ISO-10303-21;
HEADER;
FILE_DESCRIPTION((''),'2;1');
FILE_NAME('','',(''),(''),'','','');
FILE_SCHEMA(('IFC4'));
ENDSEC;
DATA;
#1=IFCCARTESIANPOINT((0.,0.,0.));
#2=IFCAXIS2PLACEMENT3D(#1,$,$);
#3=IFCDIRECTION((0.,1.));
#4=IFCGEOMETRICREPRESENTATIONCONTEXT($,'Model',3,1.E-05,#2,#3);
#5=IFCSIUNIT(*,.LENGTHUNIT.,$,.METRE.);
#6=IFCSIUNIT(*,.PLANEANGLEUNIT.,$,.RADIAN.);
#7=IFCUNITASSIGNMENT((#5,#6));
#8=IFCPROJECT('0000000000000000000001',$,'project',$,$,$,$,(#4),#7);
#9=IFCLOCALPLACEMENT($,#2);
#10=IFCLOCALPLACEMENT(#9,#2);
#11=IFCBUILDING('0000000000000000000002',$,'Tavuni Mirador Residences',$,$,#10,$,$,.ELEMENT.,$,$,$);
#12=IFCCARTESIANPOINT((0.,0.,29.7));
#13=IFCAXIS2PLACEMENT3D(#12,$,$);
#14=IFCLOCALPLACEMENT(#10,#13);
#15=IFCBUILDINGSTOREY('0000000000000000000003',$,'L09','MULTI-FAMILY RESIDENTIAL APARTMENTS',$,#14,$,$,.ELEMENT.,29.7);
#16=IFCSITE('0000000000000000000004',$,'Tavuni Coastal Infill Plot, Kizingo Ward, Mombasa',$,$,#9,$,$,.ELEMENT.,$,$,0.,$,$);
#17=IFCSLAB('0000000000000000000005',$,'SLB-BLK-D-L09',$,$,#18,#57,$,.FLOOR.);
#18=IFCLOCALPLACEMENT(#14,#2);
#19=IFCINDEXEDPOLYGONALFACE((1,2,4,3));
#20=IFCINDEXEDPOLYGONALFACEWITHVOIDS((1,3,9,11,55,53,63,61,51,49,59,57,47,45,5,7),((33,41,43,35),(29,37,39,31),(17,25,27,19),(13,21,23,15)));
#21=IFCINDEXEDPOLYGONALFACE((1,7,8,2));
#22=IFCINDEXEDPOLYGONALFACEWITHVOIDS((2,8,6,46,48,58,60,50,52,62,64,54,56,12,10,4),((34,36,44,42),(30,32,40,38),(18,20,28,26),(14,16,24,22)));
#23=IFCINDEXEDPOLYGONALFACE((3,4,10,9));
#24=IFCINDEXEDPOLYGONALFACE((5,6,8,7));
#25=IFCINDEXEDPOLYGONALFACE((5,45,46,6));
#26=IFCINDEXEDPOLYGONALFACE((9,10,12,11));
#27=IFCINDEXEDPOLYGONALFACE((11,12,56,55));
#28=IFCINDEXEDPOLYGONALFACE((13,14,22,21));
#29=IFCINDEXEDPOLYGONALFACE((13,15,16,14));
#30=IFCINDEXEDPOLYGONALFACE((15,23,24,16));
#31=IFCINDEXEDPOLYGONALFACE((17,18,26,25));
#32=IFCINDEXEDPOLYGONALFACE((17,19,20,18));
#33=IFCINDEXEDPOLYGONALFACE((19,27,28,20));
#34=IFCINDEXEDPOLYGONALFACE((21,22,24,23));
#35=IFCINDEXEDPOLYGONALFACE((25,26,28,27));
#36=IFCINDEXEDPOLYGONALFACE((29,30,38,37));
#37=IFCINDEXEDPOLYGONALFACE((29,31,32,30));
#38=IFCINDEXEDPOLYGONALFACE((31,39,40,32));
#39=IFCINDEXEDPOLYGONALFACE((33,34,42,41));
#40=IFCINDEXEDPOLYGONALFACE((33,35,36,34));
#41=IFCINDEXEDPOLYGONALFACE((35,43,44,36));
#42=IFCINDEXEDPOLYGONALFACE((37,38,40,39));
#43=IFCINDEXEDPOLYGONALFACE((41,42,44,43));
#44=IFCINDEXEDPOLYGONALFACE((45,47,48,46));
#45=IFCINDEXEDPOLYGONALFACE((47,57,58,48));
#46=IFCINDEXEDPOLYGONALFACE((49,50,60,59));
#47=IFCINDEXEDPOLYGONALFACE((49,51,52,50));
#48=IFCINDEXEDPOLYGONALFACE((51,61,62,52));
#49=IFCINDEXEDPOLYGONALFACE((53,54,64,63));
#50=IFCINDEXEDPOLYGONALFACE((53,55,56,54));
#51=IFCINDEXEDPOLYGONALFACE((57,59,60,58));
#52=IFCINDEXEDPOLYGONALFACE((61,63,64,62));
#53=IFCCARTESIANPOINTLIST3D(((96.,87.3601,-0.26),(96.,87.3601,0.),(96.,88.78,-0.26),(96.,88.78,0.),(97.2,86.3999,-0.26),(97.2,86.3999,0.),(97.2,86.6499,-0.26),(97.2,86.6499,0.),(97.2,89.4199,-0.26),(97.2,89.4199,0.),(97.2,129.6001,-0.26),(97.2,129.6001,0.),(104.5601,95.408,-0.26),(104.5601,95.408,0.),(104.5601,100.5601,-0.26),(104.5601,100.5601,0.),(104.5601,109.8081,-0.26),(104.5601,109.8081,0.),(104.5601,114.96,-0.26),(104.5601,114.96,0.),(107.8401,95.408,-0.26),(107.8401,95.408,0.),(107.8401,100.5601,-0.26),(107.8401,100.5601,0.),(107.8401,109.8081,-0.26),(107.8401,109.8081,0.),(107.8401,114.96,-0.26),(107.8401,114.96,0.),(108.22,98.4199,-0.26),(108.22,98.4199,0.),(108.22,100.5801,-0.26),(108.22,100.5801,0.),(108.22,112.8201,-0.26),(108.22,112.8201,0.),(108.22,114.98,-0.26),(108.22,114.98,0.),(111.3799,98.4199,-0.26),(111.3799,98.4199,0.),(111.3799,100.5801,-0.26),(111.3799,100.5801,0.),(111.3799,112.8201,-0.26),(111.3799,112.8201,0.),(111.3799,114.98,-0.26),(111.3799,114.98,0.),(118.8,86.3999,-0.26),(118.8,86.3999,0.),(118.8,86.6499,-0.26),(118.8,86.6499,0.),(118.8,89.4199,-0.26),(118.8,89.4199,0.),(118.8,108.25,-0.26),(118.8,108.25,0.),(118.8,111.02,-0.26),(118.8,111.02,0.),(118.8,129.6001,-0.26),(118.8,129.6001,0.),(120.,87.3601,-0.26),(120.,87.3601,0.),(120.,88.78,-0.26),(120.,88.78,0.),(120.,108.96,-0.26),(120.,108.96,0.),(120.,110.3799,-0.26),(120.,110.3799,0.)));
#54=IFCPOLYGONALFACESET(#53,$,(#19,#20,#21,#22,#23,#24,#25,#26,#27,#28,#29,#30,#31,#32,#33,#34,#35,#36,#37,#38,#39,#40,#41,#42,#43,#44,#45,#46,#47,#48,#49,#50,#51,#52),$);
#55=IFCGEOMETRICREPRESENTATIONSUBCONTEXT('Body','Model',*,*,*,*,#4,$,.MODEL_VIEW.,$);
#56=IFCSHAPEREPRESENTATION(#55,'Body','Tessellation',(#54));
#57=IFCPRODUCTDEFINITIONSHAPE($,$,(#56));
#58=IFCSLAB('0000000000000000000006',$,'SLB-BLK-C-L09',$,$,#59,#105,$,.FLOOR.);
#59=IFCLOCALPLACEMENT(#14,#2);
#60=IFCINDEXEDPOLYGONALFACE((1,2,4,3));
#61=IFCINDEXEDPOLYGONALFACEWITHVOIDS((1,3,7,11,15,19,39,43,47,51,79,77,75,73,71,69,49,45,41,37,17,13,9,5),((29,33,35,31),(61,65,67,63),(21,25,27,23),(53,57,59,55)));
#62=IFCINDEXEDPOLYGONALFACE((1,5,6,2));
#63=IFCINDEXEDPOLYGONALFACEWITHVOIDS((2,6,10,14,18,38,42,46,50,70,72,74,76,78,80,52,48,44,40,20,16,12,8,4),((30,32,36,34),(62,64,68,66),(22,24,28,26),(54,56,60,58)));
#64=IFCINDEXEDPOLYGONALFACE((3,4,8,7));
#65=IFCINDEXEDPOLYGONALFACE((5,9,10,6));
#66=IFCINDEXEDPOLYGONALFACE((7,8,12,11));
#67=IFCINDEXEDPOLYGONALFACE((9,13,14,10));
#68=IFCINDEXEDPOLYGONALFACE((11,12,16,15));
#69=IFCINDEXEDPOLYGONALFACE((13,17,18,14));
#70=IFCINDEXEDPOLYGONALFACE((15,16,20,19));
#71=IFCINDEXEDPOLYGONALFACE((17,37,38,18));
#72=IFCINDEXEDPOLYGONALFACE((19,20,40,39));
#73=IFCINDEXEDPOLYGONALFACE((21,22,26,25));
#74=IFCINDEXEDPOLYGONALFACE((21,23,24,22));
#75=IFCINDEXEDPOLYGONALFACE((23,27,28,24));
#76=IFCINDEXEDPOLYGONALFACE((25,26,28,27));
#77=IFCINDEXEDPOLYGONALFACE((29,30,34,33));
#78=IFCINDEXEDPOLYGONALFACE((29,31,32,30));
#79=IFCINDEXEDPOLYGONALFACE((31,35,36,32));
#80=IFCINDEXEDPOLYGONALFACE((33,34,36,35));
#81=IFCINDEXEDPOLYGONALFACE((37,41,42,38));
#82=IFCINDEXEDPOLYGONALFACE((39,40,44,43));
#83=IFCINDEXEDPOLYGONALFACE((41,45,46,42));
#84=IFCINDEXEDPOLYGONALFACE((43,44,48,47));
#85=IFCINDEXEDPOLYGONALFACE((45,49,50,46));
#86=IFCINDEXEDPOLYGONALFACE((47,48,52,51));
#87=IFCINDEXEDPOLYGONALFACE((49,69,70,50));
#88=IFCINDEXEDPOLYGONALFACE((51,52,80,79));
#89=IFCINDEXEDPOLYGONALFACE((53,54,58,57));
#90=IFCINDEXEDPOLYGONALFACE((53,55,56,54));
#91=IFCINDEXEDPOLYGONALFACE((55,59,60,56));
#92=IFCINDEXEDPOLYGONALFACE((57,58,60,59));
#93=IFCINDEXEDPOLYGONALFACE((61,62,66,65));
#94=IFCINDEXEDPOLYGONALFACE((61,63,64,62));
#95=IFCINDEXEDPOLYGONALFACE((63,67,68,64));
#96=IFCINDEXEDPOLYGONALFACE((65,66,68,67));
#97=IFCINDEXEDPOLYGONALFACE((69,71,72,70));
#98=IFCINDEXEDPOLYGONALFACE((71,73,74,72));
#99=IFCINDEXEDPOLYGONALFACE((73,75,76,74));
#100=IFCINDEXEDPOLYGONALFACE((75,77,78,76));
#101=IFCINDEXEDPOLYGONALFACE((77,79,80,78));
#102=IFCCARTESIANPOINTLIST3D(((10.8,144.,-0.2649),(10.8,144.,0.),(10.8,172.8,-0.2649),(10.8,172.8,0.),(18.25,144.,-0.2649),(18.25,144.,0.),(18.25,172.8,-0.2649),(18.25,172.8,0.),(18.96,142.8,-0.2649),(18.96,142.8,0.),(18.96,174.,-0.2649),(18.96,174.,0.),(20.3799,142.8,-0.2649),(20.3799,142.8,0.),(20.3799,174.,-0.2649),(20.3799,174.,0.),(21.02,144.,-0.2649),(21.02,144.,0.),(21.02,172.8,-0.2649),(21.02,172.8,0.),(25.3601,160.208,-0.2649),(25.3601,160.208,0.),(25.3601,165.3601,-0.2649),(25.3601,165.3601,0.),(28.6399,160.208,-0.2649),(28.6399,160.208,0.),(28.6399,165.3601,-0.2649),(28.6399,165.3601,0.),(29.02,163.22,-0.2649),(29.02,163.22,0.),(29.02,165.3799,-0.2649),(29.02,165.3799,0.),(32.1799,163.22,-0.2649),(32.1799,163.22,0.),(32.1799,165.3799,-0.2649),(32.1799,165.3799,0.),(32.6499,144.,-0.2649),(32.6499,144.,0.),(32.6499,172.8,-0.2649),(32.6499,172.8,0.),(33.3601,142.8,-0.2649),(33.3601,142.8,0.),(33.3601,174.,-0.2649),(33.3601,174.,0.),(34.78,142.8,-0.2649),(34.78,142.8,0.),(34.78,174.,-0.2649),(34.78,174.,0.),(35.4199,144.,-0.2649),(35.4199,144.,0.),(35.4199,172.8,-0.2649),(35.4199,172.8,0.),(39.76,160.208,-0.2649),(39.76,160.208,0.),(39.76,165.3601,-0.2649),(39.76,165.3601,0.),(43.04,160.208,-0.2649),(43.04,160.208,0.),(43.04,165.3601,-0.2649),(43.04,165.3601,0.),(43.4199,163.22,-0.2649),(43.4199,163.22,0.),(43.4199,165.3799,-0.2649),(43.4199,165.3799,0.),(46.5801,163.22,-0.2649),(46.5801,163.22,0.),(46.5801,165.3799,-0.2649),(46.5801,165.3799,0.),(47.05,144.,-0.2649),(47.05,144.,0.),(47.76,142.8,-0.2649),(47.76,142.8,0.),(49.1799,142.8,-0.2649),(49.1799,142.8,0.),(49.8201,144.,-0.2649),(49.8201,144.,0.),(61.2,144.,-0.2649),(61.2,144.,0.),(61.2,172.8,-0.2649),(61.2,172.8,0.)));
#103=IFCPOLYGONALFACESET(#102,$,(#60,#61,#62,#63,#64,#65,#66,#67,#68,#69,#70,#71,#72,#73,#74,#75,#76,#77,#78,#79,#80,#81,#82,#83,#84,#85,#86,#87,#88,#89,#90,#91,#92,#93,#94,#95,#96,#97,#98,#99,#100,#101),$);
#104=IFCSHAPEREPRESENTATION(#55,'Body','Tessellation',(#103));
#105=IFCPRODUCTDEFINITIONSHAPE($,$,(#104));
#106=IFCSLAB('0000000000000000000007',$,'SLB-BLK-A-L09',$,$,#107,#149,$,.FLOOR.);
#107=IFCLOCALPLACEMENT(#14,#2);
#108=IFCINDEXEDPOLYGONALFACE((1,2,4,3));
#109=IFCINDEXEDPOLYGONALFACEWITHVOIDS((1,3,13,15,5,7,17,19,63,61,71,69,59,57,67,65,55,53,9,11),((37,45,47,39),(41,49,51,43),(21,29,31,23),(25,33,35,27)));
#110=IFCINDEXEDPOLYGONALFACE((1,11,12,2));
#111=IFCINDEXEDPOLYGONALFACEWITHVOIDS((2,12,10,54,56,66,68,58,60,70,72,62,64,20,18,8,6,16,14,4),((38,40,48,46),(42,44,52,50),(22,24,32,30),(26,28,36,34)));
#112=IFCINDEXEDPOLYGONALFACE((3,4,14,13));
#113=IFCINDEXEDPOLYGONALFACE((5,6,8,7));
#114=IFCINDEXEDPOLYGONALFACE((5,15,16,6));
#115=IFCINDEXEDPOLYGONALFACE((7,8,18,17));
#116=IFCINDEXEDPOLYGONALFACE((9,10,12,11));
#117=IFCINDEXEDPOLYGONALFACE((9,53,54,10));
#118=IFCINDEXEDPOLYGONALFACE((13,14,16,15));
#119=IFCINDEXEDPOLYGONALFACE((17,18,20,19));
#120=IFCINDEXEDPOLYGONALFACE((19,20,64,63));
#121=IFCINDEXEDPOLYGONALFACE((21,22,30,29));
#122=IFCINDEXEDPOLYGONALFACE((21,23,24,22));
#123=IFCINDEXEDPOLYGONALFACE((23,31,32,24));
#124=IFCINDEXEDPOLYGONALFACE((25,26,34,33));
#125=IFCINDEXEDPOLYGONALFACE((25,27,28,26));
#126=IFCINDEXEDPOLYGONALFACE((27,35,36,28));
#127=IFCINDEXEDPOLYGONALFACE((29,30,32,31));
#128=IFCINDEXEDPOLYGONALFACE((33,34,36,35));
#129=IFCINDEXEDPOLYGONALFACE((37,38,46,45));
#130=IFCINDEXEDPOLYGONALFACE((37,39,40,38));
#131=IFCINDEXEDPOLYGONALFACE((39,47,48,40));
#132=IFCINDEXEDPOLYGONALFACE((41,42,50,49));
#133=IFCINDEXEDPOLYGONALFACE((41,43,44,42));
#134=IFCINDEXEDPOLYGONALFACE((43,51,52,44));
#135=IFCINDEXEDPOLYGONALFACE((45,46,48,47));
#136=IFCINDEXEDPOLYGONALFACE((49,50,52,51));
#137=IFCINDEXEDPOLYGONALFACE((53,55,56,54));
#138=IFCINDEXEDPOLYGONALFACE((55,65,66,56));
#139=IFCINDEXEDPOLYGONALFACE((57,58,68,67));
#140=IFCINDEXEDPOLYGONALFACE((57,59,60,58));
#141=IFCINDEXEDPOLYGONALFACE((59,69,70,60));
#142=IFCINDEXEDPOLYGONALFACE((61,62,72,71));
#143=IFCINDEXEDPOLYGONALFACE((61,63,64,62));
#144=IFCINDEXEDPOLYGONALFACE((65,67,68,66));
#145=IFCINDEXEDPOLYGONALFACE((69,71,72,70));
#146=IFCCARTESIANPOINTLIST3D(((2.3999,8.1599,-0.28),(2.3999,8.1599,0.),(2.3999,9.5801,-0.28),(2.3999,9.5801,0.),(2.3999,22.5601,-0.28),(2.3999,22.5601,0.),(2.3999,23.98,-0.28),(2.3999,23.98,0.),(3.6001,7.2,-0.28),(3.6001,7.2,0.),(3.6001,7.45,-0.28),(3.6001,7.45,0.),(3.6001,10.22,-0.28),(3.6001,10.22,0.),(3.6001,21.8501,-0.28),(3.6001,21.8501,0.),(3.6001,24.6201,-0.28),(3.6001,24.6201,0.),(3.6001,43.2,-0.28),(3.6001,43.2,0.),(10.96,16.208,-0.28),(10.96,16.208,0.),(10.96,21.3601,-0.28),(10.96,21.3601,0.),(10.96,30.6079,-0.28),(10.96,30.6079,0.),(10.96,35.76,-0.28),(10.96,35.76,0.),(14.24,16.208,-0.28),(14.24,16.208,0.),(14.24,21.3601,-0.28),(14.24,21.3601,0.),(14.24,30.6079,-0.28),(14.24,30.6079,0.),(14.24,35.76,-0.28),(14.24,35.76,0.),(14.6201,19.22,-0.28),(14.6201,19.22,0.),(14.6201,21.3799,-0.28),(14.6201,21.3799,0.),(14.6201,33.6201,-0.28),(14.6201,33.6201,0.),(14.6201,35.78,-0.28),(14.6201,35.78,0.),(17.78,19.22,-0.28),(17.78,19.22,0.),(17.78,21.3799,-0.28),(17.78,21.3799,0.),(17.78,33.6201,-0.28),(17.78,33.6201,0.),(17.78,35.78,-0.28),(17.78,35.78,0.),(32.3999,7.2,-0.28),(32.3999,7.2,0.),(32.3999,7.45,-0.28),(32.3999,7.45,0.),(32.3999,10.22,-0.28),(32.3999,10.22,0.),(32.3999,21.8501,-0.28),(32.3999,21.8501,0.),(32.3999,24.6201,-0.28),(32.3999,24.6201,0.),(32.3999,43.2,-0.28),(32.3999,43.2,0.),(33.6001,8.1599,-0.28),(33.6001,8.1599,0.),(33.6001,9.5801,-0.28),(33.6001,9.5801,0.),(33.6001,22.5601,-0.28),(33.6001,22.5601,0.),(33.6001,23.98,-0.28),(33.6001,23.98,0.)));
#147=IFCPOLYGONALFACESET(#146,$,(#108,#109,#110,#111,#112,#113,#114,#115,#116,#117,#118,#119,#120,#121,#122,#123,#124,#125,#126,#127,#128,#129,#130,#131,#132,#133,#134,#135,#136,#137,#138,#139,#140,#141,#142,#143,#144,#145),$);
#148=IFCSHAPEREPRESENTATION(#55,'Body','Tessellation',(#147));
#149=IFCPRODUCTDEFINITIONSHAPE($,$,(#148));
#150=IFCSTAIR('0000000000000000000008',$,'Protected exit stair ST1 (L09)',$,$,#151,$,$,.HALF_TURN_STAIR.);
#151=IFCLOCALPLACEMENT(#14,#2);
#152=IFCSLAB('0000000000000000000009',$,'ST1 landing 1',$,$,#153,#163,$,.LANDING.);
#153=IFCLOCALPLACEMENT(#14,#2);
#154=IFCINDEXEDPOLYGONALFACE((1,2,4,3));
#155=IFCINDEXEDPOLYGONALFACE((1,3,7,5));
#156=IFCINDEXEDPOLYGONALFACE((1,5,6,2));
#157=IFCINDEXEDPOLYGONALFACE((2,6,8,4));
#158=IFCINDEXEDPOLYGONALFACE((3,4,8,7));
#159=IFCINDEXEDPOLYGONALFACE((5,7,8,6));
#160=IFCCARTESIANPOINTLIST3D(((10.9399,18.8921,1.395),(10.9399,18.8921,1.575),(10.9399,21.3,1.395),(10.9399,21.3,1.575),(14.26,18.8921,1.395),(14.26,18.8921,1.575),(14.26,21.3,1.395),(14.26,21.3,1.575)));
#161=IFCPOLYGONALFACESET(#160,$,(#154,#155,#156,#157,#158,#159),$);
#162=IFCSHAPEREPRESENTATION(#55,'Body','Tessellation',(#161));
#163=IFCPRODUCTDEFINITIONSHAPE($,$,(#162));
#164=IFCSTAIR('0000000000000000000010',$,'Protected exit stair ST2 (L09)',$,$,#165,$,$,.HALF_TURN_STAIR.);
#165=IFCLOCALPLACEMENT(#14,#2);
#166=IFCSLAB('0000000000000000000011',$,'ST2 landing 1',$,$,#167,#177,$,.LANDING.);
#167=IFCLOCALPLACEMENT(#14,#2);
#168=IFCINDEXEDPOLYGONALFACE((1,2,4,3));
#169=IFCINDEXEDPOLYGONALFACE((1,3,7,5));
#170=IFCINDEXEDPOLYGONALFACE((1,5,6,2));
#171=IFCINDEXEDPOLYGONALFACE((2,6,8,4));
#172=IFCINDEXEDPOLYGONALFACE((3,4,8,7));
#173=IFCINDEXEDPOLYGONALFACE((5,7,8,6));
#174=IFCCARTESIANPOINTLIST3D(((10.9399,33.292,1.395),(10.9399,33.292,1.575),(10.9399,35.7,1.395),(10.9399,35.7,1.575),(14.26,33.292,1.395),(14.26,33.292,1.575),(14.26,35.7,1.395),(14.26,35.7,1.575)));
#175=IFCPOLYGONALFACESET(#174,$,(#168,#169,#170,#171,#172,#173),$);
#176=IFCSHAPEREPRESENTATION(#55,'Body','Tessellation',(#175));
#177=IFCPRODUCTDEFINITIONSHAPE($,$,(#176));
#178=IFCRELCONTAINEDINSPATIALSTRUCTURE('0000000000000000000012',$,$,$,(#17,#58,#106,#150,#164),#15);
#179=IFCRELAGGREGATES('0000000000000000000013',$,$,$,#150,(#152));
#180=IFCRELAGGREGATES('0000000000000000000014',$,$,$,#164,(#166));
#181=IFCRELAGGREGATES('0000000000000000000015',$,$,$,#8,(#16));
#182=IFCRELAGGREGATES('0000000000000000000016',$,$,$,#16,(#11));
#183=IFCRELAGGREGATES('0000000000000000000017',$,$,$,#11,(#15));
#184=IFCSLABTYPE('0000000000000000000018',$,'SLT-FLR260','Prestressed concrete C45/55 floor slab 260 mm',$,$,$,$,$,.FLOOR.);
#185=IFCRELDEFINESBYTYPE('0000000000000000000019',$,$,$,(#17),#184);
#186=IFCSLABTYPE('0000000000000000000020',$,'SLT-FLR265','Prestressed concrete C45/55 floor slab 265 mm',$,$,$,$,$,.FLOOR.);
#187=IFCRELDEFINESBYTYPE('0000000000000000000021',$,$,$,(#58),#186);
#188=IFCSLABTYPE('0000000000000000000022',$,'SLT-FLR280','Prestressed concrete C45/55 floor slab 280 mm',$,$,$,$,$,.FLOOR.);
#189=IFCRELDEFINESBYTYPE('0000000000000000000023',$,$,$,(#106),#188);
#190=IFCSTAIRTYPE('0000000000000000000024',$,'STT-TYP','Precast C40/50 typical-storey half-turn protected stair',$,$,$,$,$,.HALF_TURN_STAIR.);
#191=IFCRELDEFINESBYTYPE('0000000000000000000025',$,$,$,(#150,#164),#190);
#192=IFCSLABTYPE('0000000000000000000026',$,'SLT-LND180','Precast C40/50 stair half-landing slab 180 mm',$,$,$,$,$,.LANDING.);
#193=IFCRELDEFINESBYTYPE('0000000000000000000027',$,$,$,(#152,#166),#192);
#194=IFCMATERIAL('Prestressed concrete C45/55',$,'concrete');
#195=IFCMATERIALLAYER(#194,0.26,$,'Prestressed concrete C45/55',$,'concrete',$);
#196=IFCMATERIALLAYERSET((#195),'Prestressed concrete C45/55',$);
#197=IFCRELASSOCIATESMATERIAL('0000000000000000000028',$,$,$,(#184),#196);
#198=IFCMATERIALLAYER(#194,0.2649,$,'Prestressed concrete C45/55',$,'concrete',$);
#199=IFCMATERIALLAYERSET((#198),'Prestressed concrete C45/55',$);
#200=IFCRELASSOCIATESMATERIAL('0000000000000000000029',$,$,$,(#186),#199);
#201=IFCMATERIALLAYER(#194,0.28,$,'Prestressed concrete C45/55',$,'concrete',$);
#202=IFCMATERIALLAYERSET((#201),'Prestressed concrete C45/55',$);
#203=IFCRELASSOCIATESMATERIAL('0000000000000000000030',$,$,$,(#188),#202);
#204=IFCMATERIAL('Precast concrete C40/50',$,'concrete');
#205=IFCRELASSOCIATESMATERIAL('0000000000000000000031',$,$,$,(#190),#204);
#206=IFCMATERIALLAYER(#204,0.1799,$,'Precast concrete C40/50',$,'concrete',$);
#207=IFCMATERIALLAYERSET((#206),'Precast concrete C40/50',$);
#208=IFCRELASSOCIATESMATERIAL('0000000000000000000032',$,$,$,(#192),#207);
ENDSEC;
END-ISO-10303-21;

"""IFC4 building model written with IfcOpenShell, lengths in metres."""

from ifc_helpers import new_model, si_unit, direction, frame, origin, place, context, subcontext, project, spatial, polyline, outline, extrude, material, layer, layer_set, type_object, element, aggregate, save


model = new_model("IFC4")

# Units and contexts
model_context = context("Model", 3, precision=1e-05, world=origin(), true_north=direction((0.0, 1.0)))
body_context = subcontext(model_context, "Body", "Model", "MODEL_VIEW")
ifc_project = project(units=[si_unit("LENGTHUNIT", "METRE"), si_unit("PLANEANGLEUNIT", "RADIAN")], contexts=[model_context])

# Site, building, storey
site_placement = place(None, origin())
site = spatial("IfcSite", under=ifc_project, at=site_placement, Name="Tavuni Coastal Infill Plot, Kizingo Ward, Mombasa", CompositionType="ELEMENT", RefElevation=0.0)
building_placement = place(site_placement, origin())
building = spatial("IfcBuilding", under=site, at=building_placement, Name="Tavuni Mirador Residences", CompositionType="ELEMENT")
storey_placement = place(building_placement, frame((0.0, 0.0, 29.7)))
storey = spatial("IfcBuildingStorey", under=building, at=storey_placement, Name="L09", Description="MULTI-FAMILY RESIDENTIAL APARTMENTS", CompositionType="ELEMENT", Elevation=29.7)

# Slabs
ifc_material_1 = material(Name="Prestressed concrete C45/55", Category="concrete")
ifc_layer_1 = layer(ifc_material_1, 0.26, Name="Prestressed concrete C45/55", Category="concrete")
ifc_layer_set_1 = layer_set([ifc_layer_1], Name="Prestressed concrete C45/55")
slab_type_1 = type_object("IfcSlabType", Name="SLT-FLR260", Description="Prestressed concrete C45/55 floor slab 260 mm", PredefinedType="FLOOR", material=ifc_layer_set_1)
slab_1_placement = place(storey_placement, frame((0.0, 0.0, -0.26)))
element("IfcSlab", 1, at=slab_1_placement, inside=storey, type_object=slab_type_1, Name="SLB-BLK-D-L09", PredefinedType="FLOOR", context=body_context, shape_type="SweptSolid", body=[
    extrude(outline(polyline([(97.2, 86.3999), (118.8, 86.3999), (118.8, 86.6499), (120.0, 87.3601), (120.0, 88.78), (118.8, 89.4199), (118.8, 108.25), (120.0, 108.96), (120.0, 110.3799), (118.8, 111.02), (118.8, 129.6001), (97.2, 129.6001), (97.2, 89.4199), (96.0, 88.78), (96.0, 87.3601), (97.2, 86.6499), (97.2, 86.3999)]), holes=[polyline([(104.5601, 95.408), (107.8401, 95.408), (107.8401, 100.5601), (104.5601, 100.5601), (104.5601, 95.408)]), polyline([(108.22, 98.4199), (111.3799, 98.4199), (111.3799, 100.5801), (108.22, 100.5801), (108.22, 98.4199)]), polyline([(104.5601, 109.8081), (107.8401, 109.8081), (107.8401, 114.96), (104.5601, 114.96), (104.5601, 109.8081)]), polyline([(108.22, 112.8201), (111.3799, 112.8201), (111.3799, 114.98), (108.22, 114.98), (108.22, 112.8201)])]), origin(), (0.0, 0.0, 1.0), 0.26),
])
ifc_layer_2 = layer(ifc_material_1, 0.2649, Name="Prestressed concrete C45/55", Category="concrete")
ifc_layer_set_2 = layer_set([ifc_layer_2], Name="Prestressed concrete C45/55")
slab_type_2 = type_object("IfcSlabType", Name="SLT-FLR265", Description="Prestressed concrete C45/55 floor slab 265 mm", PredefinedType="FLOOR", material=ifc_layer_set_2)
slab_2_placement = place(storey_placement, frame((0.0, 0.0, -0.2649)))
element("IfcSlab", 2, at=slab_2_placement, inside=storey, type_object=slab_type_2, Name="SLB-BLK-C-L09", PredefinedType="FLOOR", context=body_context, shape_type="SweptSolid", body=[
    extrude(outline(polyline([(10.8, 144.0), (18.25, 144.0), (18.96, 142.8), (20.3799, 142.8), (21.02, 144.0), (32.6499, 144.0), (33.3601, 142.8), (34.78, 142.8), (35.4199, 144.0), (47.05, 144.0), (47.76, 142.8), (49.1799, 142.8), (49.8201, 144.0), (61.2, 144.0), (61.2, 172.8), (35.4199, 172.8), (34.78, 174.0), (33.3601, 174.0), (32.6499, 172.8), (21.02, 172.8), (20.3799, 174.0), (18.96, 174.0), (18.25, 172.8), (10.8, 172.8), (10.8, 144.0)]), holes=[polyline([(25.3601, 160.208), (28.6399, 160.208), (28.6399, 165.3601), (25.3601, 165.3601), (25.3601, 160.208)]), polyline([(29.02, 163.22), (32.1799, 163.22), (32.1799, 165.3799), (29.02, 165.3799), (29.02, 163.22)]), polyline([(39.76, 160.208), (43.04, 160.208), (43.04, 165.3601), (39.76, 165.3601), (39.76, 160.208)]), polyline([(43.4199, 163.22), (46.5801, 163.22), (46.5801, 165.3799), (43.4199, 165.3799), (43.4199, 163.22)])]), origin(), (0.0, 0.0, 1.0), 0.2649),
])
ifc_layer_3 = layer(ifc_material_1, 0.28, Name="Prestressed concrete C45/55", Category="concrete")
ifc_layer_set_3 = layer_set([ifc_layer_3], Name="Prestressed concrete C45/55")
slab_type_3 = type_object("IfcSlabType", Name="SLT-FLR280", Description="Prestressed concrete C45/55 floor slab 280 mm", PredefinedType="FLOOR", material=ifc_layer_set_3)
slab_3_placement = place(storey_placement, frame((0.0, 0.0, -0.28)))
element("IfcSlab", 3, at=slab_3_placement, inside=storey, type_object=slab_type_3, Name="SLB-BLK-A-L09", PredefinedType="FLOOR", context=body_context, shape_type="SweptSolid", body=[
    extrude(outline(polyline([(3.6001, 7.2), (32.3999, 7.2), (32.3999, 7.45), (33.6001, 8.1599), (33.6001, 9.5801), (32.3999, 10.22), (32.3999, 21.8501), (33.6001, 22.5601), (33.6001, 23.98), (32.3999, 24.6201), (32.3999, 43.2), (3.6001, 43.2), (3.6001, 24.6201), (2.3999, 23.98), (2.3999, 22.5601), (3.6001, 21.8501), (3.6001, 10.22), (2.3999, 9.5801), (2.3999, 8.1599), (3.6001, 7.45), (3.6001, 7.2)]), holes=[polyline([(10.96, 16.208), (14.24, 16.208), (14.24, 21.3601), (10.96, 21.3601), (10.96, 16.208)]), polyline([(14.6201, 19.22), (17.78, 19.22), (17.78, 21.3799), (14.6201, 21.3799), (14.6201, 19.22)]), polyline([(10.96, 30.6079), (14.24, 30.6079), (14.24, 35.76), (10.96, 35.76), (10.96, 30.6079)]), polyline([(14.6201, 33.6201), (17.78, 33.6201), (17.78, 35.78), (14.6201, 35.78), (14.6201, 33.6201)])]), origin(), (0.0, 0.0, 1.0), 0.28),
])

# Stairs, slabs
ifc_material_2 = material(Name="Precast concrete C40/50", Category="concrete")
stair_type = type_object("IfcStairType", Name="STT-TYP", Description="Precast C40/50 typical-storey half-turn protected stair", PredefinedType="HALF_TURN_STAIR", material=ifc_material_2)
stair_1_placement = place(storey_placement, origin())
stair_1 = element("IfcStair", 4, at=stair_1_placement, inside=storey, type_object=stair_type, Name="Protected exit stair ST1 (L09)", PredefinedType="HALF_TURN_STAIR")
ifc_layer_4 = layer(ifc_material_2, 0.1799, Name="Precast concrete C40/50", Category="concrete")
ifc_layer_set_4 = layer_set([ifc_layer_4], Name="Precast concrete C40/50")
slab_type_4 = type_object("IfcSlabType", Name="SLT-LND180", Description="Precast C40/50 stair half-landing slab 180 mm", PredefinedType="LANDING", material=ifc_layer_set_4)
slab_4_placement = place(storey_placement, frame((0.0, 0.0, 1.395)))
slab_4 = element("IfcSlab", 5, at=slab_4_placement, type_object=slab_type_4, Name="ST1 landing 1", PredefinedType="LANDING", context=body_context, shape_type="SweptSolid", body=[
    extrude(outline(polyline([(10.9399, 18.8921), (14.26, 18.8921), (14.26, 21.3), (10.9399, 21.3), (10.9399, 18.8921)])), origin(), (0.0, 0.0, 1.0), 0.1799),
])
aggregate(stair_1, [slab_4])
stair_2_placement = place(storey_placement, origin())
stair_2 = element("IfcStair", 6, at=stair_2_placement, inside=storey, type_object=stair_type, Name="Protected exit stair ST2 (L09)", PredefinedType="HALF_TURN_STAIR")
slab_5_placement = place(storey_placement, frame((0.0, 0.0, 1.395)))
slab_5 = element("IfcSlab", 7, at=slab_5_placement, type_object=slab_type_4, Name="ST2 landing 1", PredefinedType="LANDING", context=body_context, shape_type="SweptSolid", body=[
    extrude(outline(polyline([(10.9399, 33.292), (14.26, 33.292), (14.26, 35.7), (10.9399, 35.7), (10.9399, 33.292)])), origin(), (0.0, 0.0, 1.0), 0.1799),
])
aggregate(stair_2, [slab_5])

save(model, "model.ifc")
